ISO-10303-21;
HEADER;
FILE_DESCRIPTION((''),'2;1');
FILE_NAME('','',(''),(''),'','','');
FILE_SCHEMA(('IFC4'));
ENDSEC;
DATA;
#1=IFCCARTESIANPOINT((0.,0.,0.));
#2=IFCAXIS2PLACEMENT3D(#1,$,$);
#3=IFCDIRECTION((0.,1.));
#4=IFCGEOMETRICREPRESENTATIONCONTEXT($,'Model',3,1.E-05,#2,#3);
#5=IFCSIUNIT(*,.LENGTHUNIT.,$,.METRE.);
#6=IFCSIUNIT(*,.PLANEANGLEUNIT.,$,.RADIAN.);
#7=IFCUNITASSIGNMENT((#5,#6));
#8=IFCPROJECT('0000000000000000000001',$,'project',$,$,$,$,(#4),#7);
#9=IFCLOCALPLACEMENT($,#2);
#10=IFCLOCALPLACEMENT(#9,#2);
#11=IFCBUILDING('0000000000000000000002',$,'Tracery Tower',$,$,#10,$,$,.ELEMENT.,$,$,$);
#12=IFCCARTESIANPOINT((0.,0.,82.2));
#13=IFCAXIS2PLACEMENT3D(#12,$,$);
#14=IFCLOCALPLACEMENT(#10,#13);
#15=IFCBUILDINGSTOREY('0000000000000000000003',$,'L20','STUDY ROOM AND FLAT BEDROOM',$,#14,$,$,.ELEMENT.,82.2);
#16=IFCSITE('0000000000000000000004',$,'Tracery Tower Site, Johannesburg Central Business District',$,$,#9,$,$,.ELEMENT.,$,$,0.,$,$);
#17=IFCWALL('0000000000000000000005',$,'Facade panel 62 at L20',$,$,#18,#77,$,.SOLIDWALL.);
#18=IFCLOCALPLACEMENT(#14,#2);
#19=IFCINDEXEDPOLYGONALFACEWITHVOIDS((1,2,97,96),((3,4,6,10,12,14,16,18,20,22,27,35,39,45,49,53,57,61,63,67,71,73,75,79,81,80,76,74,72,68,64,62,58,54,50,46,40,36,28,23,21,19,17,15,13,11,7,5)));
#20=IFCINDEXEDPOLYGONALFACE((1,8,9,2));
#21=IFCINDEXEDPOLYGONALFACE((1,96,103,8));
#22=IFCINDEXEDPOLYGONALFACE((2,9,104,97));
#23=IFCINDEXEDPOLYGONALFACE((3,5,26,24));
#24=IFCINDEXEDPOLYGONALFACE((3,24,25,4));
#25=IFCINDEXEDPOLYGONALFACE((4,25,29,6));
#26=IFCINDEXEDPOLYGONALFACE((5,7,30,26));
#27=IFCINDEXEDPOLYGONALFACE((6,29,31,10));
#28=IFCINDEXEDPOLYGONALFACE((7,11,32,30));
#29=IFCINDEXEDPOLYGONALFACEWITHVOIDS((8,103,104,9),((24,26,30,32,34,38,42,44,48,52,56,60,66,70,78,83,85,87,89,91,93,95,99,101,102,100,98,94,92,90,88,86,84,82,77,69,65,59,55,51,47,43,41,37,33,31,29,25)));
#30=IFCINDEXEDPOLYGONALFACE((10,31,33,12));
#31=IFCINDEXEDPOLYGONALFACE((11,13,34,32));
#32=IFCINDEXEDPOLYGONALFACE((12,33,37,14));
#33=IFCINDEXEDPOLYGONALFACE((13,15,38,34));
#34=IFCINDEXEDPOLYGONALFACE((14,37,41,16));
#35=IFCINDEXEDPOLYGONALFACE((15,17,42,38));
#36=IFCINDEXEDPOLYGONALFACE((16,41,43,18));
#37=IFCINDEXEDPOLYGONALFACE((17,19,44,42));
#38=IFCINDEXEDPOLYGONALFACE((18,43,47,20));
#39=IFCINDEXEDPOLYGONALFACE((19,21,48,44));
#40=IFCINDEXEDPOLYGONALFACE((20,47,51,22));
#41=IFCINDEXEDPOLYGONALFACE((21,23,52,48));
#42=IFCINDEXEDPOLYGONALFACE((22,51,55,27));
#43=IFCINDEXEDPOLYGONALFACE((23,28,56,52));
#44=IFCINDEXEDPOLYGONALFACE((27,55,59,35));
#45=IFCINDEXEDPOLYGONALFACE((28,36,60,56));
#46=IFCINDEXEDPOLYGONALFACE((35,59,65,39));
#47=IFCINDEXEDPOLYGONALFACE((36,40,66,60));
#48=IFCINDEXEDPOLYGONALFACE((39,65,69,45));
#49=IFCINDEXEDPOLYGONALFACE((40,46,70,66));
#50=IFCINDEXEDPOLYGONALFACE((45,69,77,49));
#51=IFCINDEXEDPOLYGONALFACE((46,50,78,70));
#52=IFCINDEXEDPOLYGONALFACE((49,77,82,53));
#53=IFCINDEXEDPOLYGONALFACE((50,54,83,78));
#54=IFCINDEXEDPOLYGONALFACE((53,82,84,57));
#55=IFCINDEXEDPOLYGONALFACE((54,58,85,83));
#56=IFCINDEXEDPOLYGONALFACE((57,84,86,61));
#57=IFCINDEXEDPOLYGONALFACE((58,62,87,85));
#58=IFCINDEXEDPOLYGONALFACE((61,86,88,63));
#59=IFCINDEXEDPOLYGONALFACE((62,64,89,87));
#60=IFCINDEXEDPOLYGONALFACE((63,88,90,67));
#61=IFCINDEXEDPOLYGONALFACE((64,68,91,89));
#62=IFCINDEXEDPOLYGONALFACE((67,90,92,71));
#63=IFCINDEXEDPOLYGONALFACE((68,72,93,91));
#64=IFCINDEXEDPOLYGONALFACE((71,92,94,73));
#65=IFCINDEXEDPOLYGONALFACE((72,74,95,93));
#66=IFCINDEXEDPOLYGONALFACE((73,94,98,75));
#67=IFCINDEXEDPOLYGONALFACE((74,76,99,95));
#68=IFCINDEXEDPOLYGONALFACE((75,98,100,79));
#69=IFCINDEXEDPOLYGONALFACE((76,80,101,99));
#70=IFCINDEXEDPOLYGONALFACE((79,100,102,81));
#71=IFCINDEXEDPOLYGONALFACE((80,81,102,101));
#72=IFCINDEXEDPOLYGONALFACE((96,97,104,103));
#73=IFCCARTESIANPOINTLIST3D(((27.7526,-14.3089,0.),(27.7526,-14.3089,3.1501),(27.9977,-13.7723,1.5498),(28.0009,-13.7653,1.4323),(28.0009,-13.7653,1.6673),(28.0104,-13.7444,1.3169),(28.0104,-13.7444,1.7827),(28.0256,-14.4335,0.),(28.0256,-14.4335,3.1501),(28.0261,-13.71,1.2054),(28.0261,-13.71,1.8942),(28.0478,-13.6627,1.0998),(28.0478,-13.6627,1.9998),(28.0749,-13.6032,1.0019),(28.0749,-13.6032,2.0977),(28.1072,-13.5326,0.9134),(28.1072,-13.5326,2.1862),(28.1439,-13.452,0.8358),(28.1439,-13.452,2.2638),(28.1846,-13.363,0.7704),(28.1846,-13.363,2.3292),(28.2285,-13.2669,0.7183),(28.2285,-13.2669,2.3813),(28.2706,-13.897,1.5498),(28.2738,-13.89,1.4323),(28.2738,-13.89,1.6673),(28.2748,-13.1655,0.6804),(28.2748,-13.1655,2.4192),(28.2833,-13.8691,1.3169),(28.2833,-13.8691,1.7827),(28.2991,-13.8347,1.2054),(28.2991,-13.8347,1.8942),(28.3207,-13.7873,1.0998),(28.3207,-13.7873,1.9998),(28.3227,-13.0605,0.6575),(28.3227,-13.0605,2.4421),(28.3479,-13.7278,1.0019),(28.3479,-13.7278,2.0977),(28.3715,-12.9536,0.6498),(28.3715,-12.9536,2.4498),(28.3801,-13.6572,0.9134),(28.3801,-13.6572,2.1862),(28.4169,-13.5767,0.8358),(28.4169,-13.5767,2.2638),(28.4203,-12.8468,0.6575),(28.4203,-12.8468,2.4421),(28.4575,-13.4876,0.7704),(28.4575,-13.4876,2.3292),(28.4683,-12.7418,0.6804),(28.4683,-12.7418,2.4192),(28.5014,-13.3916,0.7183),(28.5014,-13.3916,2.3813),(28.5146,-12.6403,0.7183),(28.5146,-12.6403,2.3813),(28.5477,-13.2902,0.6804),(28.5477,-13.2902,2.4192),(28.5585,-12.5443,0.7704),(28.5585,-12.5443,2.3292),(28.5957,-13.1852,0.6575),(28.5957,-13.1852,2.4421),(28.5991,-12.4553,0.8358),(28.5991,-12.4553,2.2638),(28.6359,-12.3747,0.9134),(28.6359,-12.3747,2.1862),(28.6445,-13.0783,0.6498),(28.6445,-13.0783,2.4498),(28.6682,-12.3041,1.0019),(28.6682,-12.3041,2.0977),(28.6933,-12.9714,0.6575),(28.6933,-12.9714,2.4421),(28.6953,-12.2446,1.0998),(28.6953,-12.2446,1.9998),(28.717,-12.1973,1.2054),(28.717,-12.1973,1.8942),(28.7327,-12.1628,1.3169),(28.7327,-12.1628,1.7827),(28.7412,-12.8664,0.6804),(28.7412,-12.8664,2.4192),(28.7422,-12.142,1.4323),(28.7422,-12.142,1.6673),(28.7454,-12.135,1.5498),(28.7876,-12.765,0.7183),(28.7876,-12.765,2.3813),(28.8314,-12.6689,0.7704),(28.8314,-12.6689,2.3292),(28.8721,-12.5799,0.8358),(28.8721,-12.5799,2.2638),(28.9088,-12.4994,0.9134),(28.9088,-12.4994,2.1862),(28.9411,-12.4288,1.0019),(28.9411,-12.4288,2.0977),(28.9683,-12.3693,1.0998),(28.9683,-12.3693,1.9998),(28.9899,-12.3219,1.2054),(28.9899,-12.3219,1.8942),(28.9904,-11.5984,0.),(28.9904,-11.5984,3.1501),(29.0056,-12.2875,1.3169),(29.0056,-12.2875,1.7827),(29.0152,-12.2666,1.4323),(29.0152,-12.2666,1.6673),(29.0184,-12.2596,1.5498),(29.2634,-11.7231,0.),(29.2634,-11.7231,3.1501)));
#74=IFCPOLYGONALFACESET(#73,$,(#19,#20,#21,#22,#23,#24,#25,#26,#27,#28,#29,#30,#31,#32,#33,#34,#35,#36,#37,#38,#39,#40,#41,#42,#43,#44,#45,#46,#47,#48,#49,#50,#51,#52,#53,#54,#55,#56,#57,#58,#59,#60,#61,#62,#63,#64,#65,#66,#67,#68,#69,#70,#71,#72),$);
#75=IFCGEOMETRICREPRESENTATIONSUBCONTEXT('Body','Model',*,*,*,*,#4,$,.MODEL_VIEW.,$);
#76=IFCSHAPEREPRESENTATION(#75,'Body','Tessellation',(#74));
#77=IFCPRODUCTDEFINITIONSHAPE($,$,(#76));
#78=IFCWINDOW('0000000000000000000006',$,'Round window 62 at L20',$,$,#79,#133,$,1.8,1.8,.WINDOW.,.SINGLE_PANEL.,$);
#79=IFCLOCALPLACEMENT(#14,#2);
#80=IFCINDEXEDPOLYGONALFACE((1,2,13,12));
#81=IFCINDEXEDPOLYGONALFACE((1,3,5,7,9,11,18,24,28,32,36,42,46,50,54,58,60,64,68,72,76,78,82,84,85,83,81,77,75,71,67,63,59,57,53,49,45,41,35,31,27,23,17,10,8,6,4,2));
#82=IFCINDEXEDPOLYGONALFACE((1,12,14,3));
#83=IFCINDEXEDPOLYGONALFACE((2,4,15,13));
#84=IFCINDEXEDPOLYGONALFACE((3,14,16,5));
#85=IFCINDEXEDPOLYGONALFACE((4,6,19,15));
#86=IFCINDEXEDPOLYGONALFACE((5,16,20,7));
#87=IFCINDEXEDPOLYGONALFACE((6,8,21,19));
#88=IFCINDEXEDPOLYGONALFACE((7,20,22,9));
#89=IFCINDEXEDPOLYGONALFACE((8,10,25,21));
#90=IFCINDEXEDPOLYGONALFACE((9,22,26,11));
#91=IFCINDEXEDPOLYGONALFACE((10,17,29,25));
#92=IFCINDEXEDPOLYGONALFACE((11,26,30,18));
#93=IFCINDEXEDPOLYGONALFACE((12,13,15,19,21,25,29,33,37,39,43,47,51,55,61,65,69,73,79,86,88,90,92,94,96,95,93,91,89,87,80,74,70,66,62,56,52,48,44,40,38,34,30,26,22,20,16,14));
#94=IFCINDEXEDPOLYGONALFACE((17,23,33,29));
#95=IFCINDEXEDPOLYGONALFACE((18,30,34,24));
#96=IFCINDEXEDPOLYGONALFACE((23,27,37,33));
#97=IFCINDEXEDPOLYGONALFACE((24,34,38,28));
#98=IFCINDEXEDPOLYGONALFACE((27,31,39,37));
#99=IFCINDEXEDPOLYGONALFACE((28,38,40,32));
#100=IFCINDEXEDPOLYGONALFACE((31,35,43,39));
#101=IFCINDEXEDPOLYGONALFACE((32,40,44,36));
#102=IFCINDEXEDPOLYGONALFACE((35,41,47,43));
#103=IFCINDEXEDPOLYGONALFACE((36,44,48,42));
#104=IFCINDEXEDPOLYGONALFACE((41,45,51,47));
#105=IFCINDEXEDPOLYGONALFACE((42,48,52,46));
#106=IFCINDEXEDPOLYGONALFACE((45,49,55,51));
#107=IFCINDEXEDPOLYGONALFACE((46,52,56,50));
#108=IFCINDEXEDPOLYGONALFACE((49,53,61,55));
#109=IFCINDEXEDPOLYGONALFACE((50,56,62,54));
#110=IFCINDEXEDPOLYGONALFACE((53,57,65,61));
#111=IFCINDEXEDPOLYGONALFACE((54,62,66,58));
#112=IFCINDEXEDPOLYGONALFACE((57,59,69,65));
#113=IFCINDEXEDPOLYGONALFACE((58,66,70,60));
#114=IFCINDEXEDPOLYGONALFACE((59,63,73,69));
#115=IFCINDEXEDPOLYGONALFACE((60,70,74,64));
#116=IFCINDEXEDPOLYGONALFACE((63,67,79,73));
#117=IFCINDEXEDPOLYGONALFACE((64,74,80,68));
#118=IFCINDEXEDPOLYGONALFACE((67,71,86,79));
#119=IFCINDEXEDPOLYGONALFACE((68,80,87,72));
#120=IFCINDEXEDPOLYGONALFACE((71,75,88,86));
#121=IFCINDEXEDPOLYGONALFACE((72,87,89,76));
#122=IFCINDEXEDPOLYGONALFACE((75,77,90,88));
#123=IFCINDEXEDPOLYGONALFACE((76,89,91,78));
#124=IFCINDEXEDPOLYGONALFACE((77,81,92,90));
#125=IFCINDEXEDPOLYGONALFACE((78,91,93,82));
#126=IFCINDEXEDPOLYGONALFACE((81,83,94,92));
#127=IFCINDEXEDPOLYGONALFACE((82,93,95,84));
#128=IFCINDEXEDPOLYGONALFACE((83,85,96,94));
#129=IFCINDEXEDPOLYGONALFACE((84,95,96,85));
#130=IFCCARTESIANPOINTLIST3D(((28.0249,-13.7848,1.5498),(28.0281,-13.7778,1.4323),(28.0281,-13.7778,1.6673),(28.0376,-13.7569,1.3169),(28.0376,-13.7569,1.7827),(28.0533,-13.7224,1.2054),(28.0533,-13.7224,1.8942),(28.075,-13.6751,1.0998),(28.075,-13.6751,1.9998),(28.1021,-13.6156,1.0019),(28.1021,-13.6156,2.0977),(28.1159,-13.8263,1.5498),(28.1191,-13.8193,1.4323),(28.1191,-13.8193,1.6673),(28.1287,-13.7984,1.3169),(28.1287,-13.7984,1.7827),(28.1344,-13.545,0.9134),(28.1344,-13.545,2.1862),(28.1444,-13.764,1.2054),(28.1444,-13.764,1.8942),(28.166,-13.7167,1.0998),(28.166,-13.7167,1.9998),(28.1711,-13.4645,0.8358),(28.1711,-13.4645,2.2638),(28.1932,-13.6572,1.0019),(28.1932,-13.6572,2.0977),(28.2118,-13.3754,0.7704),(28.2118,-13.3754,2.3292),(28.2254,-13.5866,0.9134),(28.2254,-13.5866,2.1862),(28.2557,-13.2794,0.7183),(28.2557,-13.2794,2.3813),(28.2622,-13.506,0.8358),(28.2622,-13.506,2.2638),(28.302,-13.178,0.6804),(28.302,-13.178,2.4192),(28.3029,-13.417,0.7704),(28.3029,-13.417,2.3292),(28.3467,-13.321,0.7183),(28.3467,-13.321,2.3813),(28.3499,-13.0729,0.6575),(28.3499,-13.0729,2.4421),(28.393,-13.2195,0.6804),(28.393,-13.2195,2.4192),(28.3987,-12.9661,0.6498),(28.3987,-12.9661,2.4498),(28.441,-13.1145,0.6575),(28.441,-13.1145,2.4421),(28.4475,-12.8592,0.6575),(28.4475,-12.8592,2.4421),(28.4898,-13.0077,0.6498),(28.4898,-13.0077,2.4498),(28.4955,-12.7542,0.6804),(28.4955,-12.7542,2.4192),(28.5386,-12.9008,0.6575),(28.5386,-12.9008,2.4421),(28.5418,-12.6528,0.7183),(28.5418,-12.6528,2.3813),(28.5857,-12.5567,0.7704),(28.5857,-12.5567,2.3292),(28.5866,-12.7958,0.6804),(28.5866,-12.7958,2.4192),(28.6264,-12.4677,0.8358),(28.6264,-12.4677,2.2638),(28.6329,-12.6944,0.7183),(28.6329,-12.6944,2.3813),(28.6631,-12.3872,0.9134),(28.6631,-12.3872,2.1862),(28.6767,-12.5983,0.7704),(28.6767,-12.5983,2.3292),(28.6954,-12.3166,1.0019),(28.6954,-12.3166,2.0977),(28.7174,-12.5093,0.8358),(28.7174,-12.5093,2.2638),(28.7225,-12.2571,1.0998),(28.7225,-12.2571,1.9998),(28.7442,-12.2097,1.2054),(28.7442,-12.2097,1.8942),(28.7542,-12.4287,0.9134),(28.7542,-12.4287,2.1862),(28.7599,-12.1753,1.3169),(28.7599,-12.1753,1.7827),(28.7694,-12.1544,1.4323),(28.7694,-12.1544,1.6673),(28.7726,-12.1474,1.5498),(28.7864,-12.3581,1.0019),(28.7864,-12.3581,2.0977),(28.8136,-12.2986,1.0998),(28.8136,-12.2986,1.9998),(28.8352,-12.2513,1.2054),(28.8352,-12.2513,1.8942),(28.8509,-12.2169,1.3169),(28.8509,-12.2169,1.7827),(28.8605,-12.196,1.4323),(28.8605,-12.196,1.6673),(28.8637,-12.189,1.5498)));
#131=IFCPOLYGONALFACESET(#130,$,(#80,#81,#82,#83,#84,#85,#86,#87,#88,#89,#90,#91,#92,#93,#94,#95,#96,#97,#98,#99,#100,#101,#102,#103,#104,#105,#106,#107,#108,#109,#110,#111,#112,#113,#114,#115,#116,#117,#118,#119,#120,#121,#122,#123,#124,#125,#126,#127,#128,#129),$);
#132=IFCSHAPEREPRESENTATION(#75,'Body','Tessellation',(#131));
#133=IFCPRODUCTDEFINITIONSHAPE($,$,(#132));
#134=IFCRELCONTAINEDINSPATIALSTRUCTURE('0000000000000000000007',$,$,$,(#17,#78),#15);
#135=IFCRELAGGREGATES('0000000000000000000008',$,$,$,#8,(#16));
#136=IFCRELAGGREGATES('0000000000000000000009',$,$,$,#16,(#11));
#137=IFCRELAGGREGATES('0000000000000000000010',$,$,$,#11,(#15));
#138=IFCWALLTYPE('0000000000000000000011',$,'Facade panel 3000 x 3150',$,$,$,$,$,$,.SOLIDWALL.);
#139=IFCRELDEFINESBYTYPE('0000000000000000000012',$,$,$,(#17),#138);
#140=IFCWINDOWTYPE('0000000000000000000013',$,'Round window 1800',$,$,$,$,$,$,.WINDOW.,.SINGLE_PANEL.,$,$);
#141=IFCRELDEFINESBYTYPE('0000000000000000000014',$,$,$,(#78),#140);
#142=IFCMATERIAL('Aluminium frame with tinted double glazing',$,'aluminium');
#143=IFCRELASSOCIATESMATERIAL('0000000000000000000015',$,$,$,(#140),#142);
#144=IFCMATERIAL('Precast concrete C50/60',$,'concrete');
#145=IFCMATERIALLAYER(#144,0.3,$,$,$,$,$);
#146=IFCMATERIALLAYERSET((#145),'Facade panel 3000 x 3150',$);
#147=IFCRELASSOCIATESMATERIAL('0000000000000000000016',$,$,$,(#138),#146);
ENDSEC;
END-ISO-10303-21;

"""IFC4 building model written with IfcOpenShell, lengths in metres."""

from ifc_helpers import new_model, si_unit, direction, frame, frame_2d, origin, origin_2d, place, context, subcontext, project, spatial, rectangle, circle, extrude, material, layer, layer_set, type_object, element, fill, save


model = new_model("IFC4")

# Units and contexts
model_context = context("Model", 3, precision=1e-05, world=origin(), true_north=direction((0.0, 1.0)))
body_context = subcontext(model_context, "Body", "Model", "MODEL_VIEW")
ifc_project = project(units=[si_unit("LENGTHUNIT", "METRE"), si_unit("PLANEANGLEUNIT", "RADIAN")], contexts=[model_context])

# Site, building, storey
site_placement = place(None, origin())
site = spatial("IfcSite", under=ifc_project, at=site_placement, Name="Tracery Tower Site, Johannesburg Central Business District", CompositionType="ELEMENT", RefElevation=0.0)
building_placement = place(site_placement, origin())
building = spatial("IfcBuilding", under=site, at=building_placement, Name="Tracery Tower", CompositionType="ELEMENT")
storey_placement = place(building_placement, frame((0.0, 0.0, 82.2)))
storey = spatial("IfcBuildingStorey", under=building, at=storey_placement, Name="L20", Description="STUDY ROOM AND FLAT BEDROOM", CompositionType="ELEMENT", Elevation=82.2)

# Wall, opening, window
ifc_material_1 = material(Name="Aluminium frame with tinted double glazing", Category="aluminium")
window_type = type_object("IfcWindowType", Name="Round window 1800", PartitioningType="SINGLE_PANEL", PredefinedType="WINDOW", material=ifc_material_1)
ifc_material_2 = material(Name="Precast concrete C50/60", Category="concrete")
ifc_layer_1 = layer(ifc_material_2, 0.3)
ifc_layer_set_1 = layer_set([ifc_layer_1], Name="Facade panel 3000 x 3150")
wall_type_1 = type_object("IfcWallType", Name="Facade panel 3000 x 3150", PredefinedType="SOLIDWALL", material=ifc_layer_set_1)
wall_1_placement = place(storey_placement, frame((27.8892, -14.3711, 0.0), z_axis=(0.0, 0.0, 1.0), x_axis=(0.415407, 0.909636, 0.0)))
wall_1 = element("IfcWall", 1, at=wall_1_placement, inside=storey, type_object=wall_type_1, Name="Facade panel 62 at L20", PredefinedType="SOLIDWALL", context=body_context, shape_type="SweptSolid", body=[
    extrude(rectangle(XDim=2.9797, YDim=0.3, at=frame_2d((1.4897, 0.0))), origin(), (0.0, 0.0, 1.0), 3.1501),
])
opening_1_placement = place(wall_1_placement, frame((1.4897, 0.0, 1.5498)))
opening_1 = element("IfcOpeningElement", 2, at=opening_1_placement, cuts=wall_1, PredefinedType="OPENING", context=body_context, shape_type="SweptSolid", body=[
    extrude(circle(Radius=0.9, at=origin_2d()), frame((0.0, 0.1599, 0.0), z_axis=(0.0, -1.0, 0.0), x_axis=(1.0, 0.0, 0.0)), (0.0, 0.0, 1.0), 0.3201),
])
window_1_placement = place(opening_1_placement, origin())
window_1 = element("IfcWindow", 3, at=window_1_placement, inside=storey, type_object=window_type, Name="Round window 62 at L20", OverallHeight=1.8, OverallWidth=1.8, PartitioningType="SINGLE_PANEL", PredefinedType="WINDOW", context=body_context, shape_type="SweptSolid", body=[
    extrude(circle(Radius=0.9, at=origin_2d()), frame((0.0, 0.1201, 0.0), z_axis=(0.0, -1.0, 0.0), x_axis=(1.0, 0.0, 0.0)), (0.0, 0.0, 1.0), 0.1001),
])
fill(opening_1, window_1)

save(model, "model.ifc")
